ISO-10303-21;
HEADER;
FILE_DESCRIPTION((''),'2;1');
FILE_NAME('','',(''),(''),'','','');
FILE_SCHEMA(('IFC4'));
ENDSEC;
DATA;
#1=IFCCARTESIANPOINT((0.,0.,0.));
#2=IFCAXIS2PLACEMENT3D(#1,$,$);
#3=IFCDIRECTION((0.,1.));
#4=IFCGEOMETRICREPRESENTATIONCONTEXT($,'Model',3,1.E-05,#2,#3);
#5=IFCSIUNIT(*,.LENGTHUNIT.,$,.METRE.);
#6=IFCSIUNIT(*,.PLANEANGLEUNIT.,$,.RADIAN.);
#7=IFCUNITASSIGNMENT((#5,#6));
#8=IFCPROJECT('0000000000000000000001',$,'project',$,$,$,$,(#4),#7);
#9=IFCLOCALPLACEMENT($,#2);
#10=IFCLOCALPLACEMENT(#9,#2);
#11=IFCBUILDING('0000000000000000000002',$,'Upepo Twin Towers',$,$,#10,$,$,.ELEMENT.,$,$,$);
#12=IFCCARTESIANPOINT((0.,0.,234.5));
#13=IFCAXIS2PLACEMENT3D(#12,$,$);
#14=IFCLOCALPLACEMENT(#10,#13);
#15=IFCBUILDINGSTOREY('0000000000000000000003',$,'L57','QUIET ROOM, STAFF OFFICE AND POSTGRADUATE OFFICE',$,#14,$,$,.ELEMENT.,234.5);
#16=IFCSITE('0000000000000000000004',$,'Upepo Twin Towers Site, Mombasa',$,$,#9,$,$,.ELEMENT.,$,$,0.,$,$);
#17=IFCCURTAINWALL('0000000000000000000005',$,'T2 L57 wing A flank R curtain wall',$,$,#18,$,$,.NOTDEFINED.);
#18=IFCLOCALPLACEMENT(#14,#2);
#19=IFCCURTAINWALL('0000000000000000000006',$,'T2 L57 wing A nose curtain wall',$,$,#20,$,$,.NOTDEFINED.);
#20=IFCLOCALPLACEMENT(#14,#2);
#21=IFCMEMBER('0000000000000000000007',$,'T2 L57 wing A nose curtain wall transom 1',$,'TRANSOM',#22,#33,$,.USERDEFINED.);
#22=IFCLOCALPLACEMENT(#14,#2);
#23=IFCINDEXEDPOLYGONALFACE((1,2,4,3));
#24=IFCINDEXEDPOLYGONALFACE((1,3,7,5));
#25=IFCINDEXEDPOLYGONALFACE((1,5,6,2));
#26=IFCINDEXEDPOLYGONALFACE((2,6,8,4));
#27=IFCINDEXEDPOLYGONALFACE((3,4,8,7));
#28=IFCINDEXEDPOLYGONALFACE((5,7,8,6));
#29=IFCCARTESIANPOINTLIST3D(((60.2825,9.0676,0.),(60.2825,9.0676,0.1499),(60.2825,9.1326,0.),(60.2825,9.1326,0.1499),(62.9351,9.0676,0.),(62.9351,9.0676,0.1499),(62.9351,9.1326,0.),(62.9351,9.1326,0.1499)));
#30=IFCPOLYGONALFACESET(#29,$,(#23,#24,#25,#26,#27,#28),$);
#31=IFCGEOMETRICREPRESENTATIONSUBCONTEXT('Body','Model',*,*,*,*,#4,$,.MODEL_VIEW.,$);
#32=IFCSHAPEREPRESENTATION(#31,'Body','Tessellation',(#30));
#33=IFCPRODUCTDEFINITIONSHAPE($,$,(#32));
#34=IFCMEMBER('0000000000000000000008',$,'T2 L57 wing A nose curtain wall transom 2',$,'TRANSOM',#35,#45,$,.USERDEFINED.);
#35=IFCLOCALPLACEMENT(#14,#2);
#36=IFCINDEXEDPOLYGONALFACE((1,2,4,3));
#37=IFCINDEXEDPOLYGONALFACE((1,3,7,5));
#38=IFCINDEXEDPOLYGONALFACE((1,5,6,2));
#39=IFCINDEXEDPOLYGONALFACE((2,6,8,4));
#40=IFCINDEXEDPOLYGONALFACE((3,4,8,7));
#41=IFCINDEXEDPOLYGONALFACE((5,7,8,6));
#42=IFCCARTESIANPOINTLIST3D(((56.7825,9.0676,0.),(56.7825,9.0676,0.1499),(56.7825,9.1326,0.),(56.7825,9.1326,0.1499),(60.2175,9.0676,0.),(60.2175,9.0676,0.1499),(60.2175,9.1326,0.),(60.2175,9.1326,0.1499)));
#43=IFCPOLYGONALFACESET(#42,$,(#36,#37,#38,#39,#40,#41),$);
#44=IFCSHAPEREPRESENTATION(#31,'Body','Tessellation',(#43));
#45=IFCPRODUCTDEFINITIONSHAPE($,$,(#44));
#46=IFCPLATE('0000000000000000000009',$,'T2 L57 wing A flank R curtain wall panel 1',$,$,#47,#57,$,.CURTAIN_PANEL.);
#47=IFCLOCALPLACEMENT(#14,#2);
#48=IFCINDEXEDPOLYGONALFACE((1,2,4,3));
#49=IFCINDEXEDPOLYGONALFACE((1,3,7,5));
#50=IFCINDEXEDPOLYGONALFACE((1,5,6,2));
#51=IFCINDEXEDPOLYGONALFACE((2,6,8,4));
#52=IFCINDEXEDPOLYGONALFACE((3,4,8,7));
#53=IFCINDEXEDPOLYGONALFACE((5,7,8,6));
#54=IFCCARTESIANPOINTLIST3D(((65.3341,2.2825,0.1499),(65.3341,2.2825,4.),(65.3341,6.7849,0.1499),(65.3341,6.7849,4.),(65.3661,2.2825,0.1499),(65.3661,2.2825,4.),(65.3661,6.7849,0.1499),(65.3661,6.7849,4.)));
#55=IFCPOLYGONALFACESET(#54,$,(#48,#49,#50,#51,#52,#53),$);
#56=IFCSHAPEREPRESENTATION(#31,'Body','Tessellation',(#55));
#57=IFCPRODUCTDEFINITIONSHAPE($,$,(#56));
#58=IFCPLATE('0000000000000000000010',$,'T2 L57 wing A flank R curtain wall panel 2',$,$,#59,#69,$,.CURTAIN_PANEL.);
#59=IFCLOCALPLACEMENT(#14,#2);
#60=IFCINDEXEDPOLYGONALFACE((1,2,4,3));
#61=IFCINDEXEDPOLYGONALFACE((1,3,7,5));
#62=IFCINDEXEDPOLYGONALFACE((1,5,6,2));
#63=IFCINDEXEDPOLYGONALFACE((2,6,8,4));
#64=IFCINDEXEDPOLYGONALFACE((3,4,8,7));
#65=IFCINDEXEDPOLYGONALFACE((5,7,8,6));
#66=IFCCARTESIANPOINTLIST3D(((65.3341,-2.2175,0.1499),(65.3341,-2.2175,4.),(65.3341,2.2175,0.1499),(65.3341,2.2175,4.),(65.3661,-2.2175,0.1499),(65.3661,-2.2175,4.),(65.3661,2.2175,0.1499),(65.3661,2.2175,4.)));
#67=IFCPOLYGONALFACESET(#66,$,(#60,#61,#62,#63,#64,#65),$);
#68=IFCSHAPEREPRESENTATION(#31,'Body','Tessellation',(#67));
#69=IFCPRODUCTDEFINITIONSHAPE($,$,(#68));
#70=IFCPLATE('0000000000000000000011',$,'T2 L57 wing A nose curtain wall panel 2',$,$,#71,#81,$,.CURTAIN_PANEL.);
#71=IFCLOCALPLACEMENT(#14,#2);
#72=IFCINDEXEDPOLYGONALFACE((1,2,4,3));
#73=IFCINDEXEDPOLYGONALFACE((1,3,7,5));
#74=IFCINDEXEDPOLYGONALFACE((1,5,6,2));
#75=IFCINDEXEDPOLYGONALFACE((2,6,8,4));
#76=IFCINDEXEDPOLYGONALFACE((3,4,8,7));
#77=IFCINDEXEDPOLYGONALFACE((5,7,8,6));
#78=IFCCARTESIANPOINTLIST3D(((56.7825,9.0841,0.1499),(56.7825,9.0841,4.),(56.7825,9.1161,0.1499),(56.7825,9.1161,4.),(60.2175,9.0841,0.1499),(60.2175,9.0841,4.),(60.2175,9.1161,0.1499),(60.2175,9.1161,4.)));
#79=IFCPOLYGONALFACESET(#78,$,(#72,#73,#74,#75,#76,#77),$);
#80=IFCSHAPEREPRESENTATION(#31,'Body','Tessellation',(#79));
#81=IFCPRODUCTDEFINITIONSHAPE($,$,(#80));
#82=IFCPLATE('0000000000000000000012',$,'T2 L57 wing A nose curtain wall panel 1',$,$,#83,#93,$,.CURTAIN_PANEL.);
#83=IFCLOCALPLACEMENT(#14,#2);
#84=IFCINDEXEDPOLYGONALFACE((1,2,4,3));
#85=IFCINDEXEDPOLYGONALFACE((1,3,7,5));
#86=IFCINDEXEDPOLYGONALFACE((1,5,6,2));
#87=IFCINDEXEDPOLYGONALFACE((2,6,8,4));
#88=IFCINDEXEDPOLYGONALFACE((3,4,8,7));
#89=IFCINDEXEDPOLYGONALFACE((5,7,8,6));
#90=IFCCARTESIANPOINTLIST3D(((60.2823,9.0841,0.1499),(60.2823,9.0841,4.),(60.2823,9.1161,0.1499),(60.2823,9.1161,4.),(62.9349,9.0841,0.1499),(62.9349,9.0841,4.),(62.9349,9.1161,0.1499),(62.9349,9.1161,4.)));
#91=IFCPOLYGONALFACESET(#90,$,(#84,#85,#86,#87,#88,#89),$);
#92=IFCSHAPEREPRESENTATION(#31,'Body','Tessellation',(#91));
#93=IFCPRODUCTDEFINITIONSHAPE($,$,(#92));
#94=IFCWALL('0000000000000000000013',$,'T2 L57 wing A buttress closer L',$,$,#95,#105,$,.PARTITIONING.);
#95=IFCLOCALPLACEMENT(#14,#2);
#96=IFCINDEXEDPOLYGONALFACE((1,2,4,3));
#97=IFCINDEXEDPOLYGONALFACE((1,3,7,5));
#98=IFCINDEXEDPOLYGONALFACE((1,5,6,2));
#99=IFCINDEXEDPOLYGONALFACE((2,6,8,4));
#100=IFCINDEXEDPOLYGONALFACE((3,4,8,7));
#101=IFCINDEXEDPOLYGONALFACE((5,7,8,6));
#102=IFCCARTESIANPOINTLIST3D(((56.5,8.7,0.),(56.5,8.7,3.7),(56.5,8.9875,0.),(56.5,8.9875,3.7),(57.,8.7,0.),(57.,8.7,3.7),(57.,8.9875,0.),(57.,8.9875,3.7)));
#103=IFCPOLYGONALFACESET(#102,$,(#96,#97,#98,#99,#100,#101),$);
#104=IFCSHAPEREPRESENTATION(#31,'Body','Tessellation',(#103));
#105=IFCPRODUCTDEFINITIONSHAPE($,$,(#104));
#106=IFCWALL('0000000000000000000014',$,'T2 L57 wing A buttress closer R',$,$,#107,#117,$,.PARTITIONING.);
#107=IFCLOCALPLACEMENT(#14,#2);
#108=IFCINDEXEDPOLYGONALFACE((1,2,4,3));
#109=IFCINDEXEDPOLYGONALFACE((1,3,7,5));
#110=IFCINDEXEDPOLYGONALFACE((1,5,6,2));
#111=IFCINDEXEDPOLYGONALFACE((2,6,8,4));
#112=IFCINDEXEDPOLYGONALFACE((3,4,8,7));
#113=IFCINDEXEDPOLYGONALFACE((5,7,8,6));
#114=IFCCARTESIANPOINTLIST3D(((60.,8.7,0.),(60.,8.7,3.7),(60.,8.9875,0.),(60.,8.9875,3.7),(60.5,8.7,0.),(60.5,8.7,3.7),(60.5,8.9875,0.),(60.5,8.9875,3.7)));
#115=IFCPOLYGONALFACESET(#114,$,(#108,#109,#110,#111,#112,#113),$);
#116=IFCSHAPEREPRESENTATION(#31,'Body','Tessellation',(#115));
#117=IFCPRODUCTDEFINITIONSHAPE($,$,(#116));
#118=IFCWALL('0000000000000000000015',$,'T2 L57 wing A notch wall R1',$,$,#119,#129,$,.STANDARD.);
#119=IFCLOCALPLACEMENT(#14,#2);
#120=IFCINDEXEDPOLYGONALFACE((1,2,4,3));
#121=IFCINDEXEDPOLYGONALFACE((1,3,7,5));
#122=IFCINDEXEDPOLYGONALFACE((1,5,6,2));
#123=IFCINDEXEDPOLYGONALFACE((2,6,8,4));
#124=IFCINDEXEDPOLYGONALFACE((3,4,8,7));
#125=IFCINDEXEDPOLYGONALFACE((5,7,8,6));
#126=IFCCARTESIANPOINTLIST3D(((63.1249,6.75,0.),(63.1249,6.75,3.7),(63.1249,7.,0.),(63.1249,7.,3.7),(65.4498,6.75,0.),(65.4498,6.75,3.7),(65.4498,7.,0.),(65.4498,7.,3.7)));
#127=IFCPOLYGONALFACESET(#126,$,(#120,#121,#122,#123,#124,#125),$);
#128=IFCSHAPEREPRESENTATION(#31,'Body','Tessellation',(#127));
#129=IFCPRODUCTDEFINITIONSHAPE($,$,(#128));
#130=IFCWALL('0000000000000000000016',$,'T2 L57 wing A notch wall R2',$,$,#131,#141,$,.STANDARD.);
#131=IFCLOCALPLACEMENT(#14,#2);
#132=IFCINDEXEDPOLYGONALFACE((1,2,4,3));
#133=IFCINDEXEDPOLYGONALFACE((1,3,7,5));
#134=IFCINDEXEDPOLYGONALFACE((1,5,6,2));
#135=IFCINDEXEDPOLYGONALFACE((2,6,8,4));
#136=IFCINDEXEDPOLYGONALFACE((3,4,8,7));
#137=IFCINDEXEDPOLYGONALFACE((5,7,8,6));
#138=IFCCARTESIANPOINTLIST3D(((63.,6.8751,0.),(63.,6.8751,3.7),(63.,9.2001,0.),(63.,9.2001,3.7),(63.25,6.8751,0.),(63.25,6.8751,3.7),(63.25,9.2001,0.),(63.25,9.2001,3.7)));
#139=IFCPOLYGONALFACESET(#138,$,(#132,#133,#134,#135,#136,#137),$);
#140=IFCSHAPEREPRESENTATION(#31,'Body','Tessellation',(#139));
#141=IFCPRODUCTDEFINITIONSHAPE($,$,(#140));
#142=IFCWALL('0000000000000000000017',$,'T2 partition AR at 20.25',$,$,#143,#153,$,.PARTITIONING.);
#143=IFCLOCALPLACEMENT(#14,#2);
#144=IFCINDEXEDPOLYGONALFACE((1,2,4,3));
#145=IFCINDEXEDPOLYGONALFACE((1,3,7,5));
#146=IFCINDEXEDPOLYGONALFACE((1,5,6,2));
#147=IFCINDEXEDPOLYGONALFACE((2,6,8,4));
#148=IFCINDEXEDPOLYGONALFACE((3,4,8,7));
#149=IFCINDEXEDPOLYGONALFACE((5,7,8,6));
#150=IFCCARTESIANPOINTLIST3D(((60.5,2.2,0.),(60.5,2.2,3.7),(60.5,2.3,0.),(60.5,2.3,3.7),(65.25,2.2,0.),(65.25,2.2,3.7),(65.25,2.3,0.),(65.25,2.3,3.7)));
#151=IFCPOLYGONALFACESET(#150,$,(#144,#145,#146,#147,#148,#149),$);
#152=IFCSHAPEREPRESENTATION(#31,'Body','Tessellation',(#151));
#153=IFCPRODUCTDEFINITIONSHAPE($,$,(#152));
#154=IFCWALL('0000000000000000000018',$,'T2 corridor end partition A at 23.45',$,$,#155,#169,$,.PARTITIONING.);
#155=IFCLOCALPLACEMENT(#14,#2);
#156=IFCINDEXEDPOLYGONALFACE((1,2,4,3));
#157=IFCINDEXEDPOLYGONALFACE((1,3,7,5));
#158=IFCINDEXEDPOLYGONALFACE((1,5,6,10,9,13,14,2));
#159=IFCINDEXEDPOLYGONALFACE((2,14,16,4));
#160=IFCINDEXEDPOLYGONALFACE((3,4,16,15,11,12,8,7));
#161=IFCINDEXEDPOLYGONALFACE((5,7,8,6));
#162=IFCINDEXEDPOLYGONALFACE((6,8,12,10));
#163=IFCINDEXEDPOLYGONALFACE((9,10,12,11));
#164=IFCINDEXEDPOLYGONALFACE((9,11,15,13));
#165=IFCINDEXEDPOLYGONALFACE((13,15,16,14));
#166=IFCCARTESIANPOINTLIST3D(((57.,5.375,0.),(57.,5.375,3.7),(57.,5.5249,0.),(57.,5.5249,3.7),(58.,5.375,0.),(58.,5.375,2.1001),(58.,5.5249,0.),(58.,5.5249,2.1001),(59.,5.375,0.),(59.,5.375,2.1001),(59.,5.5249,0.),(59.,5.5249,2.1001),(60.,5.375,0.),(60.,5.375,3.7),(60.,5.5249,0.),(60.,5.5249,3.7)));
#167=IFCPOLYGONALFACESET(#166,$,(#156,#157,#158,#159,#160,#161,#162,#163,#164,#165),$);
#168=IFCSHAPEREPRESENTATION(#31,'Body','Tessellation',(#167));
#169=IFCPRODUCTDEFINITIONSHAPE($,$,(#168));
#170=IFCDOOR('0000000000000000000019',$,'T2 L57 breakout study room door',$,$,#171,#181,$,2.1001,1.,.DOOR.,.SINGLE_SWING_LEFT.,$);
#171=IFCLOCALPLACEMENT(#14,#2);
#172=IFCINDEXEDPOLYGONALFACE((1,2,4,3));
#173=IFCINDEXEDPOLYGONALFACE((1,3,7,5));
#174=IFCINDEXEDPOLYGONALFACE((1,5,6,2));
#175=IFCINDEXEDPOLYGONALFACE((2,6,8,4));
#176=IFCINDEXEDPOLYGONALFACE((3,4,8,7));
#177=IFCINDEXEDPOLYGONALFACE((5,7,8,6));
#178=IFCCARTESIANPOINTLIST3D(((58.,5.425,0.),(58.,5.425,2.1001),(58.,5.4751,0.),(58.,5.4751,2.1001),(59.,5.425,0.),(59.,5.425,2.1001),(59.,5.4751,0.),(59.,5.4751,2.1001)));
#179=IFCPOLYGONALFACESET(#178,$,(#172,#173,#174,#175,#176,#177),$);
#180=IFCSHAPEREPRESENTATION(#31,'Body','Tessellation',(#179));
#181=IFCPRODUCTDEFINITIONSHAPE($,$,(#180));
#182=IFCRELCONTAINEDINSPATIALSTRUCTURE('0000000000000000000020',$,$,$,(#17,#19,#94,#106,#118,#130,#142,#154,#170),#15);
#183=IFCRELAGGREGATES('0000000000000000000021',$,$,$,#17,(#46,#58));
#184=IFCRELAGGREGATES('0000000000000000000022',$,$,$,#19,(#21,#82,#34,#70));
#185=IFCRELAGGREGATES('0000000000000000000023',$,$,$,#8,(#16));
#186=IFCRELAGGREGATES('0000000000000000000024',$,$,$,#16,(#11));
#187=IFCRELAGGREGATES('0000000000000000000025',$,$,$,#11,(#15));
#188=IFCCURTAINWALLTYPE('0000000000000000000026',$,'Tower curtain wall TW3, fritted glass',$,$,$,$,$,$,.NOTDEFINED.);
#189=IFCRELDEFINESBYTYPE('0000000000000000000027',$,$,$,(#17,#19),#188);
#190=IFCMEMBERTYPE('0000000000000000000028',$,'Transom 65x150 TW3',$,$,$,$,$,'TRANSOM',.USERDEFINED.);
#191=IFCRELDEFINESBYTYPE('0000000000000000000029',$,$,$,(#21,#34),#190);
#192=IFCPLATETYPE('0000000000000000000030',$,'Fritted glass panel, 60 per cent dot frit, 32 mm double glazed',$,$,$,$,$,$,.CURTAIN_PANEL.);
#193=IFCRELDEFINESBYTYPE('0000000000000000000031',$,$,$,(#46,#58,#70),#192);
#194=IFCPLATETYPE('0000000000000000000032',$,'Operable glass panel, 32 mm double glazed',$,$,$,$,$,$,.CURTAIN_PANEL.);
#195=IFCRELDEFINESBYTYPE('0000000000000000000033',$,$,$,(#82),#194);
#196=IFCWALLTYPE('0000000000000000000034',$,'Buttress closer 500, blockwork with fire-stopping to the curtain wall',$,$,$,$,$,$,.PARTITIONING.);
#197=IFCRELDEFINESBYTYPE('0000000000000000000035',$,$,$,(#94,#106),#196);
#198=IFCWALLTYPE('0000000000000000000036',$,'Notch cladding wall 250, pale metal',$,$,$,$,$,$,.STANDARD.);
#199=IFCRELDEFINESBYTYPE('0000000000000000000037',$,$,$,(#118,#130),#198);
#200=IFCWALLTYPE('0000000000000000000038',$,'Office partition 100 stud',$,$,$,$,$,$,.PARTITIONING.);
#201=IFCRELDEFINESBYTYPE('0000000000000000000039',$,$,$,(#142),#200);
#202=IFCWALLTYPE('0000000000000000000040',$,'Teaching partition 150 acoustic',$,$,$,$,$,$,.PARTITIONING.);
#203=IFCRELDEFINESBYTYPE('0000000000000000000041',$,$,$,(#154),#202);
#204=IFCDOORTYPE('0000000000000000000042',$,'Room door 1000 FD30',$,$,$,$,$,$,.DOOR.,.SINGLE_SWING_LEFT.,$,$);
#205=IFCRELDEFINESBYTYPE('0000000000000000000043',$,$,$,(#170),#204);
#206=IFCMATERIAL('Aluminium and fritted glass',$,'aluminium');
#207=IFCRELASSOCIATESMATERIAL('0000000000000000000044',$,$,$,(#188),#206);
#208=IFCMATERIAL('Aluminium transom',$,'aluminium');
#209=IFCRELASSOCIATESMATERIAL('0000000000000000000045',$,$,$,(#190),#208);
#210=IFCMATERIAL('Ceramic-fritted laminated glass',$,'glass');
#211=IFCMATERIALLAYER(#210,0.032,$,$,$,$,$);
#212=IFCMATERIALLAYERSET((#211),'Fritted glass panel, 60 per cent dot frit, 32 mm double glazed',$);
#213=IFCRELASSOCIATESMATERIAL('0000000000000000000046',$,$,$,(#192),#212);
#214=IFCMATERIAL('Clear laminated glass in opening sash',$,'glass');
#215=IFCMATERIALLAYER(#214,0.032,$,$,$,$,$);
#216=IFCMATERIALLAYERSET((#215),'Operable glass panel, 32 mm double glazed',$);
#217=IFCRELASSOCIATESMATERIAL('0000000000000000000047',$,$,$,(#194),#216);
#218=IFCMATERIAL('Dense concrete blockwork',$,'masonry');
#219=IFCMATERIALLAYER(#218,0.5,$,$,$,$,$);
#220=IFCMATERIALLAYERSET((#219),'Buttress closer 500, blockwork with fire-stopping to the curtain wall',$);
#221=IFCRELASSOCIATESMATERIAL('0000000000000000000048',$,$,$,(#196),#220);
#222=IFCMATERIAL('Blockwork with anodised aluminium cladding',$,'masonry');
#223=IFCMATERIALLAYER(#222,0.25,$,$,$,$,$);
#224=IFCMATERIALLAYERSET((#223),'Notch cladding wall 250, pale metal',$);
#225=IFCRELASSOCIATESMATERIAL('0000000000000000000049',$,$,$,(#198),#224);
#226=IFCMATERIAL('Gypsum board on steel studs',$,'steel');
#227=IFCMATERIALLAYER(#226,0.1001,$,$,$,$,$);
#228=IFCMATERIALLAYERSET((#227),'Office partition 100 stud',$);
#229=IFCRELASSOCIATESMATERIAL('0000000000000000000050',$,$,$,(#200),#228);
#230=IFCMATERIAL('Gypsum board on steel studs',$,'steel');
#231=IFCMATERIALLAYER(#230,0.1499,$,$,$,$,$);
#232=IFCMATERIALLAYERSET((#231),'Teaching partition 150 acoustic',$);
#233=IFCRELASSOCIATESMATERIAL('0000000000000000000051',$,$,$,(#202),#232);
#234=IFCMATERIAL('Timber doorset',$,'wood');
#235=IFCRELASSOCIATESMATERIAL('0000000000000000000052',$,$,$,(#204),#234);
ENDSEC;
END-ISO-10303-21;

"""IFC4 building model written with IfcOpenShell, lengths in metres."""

from ifc_helpers import new_model, si_unit, direction, frame, frame_2d, origin, origin_2d, place, context, subcontext, project, spatial, rectangle, extrude, material, layer, layer_set, material_profile, profile_set, type_object, element, fill, aggregate, save


model = new_model("IFC4")

# Units and contexts
model_context = context("Model", 3, precision=1e-05, world=origin(), true_north=direction((0.0, 1.0)))
body_context = subcontext(model_context, "Body", "Model", "MODEL_VIEW")
ifc_project = project(units=[si_unit("LENGTHUNIT", "METRE"), si_unit("PLANEANGLEUNIT", "RADIAN")], contexts=[model_context])

# Site, building, storey
site_placement = place(None, origin())
site = spatial("IfcSite", under=ifc_project, at=site_placement, Name="Upepo Twin Towers Site, Mombasa", CompositionType="ELEMENT", RefElevation=0.0)
building_placement = place(site_placement, origin())
building = spatial("IfcBuilding", under=site, at=building_placement, Name="Upepo Twin Towers", CompositionType="ELEMENT")
storey_placement = place(building_placement, frame((0.0, 0.0, 234.5)))
storey = spatial("IfcBuildingStorey", under=building, at=storey_placement, Name="L57", Description="QUIET ROOM, STAFF OFFICE AND POSTGRADUATE OFFICE", CompositionType="ELEMENT", Elevation=234.5)

# Curtain walls
ifc_material_1 = material(Name="Aluminium and fritted glass", Category="aluminium")
curtain_wall_type = type_object("IfcCurtainWallType", Name="Tower curtain wall TW3, fritted glass", PredefinedType="NOTDEFINED", material=ifc_material_1)
curtain_wall_1_placement = place(storey_placement, origin())
curtain_wall_1 = element("IfcCurtainWall", 1, at=curtain_wall_1_placement, inside=storey, type_object=curtain_wall_type, Name="T2 L57 wing A flank R curtain wall", PredefinedType="NOTDEFINED")
curtain_wall_2_placement = place(storey_placement, origin())
curtain_wall_2 = element("IfcCurtainWall", 2, at=curtain_wall_2_placement, inside=storey, type_object=curtain_wall_type, Name="T2 L57 wing A nose curtain wall", PredefinedType="NOTDEFINED")

# Members
ifc_material_2 = material(Name="Aluminium transom", Category="aluminium")
ifc_material_profile_1 = material_profile(ifc_material_2, rectangle(XDim=0.0649, YDim=0.1499, at=origin_2d()), Name="TRANSOM 65x150")
ifc_profile_set_1 = profile_set([ifc_material_profile_1], Name="Aluminium transom")
member_type_1 = type_object("IfcMemberType", Name="Transom 65x150 TW3", ElementType="TRANSOM", PredefinedType="USERDEFINED", material=ifc_profile_set_1)
member_1_placement = place(storey_placement, frame((62.9351, 9.1001, 0.075), z_axis=(-1.0, 0.0, 0.0), x_axis=(0.0, -1.0, 0.0)))
member_1 = element("IfcMember", 3, at=member_1_placement, type_object=member_type_1, Name="T2 L57 wing A nose curtain wall transom 1", ObjectType="TRANSOM", PredefinedType="USERDEFINED", context=body_context, shape_type="SweptSolid", body=[
    extrude(rectangle(XDim=0.0649, YDim=0.1499, at=origin_2d()), origin(), (0.0, 0.0, 1.0), 2.6526),
])
member_2_placement = place(storey_placement, frame((60.2175, 9.1001, 0.075), z_axis=(-1.0, 0.0, 0.0), x_axis=(0.0, -1.0, 0.0)))
member_2 = element("IfcMember", 4, at=member_2_placement, type_object=member_type_1, Name="T2 L57 wing A nose curtain wall transom 2", ObjectType="TRANSOM", PredefinedType="USERDEFINED", context=body_context, shape_type="SweptSolid", body=[
    extrude(rectangle(XDim=0.0649, YDim=0.1499, at=origin_2d()), origin(), (0.0, 0.0, 1.0), 3.4351),
])

# Plates
ifc_material_3 = material(Name="Ceramic-fritted laminated glass", Category="glass")
ifc_layer_1 = layer(ifc_material_3, 0.032)
ifc_layer_set_1 = layer_set([ifc_layer_1], Name="Fritted glass panel, 60 per cent dot frit, 32 mm double glazed")
plate_type_1 = type_object("IfcPlateType", Name="Fritted glass panel, 60 per cent dot frit, 32 mm double glazed", PredefinedType="CURTAIN_PANEL", material=ifc_layer_set_1)
plate_1_placement = place(storey_placement, frame((65.3501, 4.5337, 0.1499), z_axis=(0.0, 0.0, 1.0), x_axis=(0.0, -1.0, 0.0)))
plate_1 = element("IfcPlate", 5, at=plate_1_placement, type_object=plate_type_1, Name="T2 L57 wing A flank R curtain wall panel 1", PredefinedType="CURTAIN_PANEL", context=body_context, shape_type="SweptSolid", body=[
    extrude(rectangle(XDim=4.5024, YDim=0.032, at=origin_2d()), origin(), (0.0, 0.0, 1.0), 3.8501),
])
plate_2_placement = place(storey_placement, frame((65.3501, 0.0, 0.1499), z_axis=(0.0, 0.0, 1.0), x_axis=(0.0, -1.0, 0.0)))
plate_2 = element("IfcPlate", 6, at=plate_2_placement, type_object=plate_type_1, Name="T2 L57 wing A flank R curtain wall panel 2", PredefinedType="CURTAIN_PANEL", context=body_context, shape_type="SweptSolid", body=[
    extrude(rectangle(XDim=4.4351, YDim=0.032, at=origin_2d()), origin(), (0.0, 0.0, 1.0), 3.8501),
])
aggregate(curtain_wall_1, [plate_1, plate_2])
plate_3_placement = place(storey_placement, frame((58.5, 9.1001, 0.1499), z_axis=(0.0, 0.0, 1.0), x_axis=(-1.0, 0.0, 0.0)))
plate_3 = element("IfcPlate", 7, at=plate_3_placement, type_object=plate_type_1, Name="T2 L57 wing A nose curtain wall panel 2", PredefinedType="CURTAIN_PANEL", context=body_context, shape_type="SweptSolid", body=[
    extrude(rectangle(XDim=3.4351, YDim=0.032, at=origin_2d()), origin(), (0.0, 0.0, 1.0), 3.8501),
])
ifc_material_4 = material(Name="Clear laminated glass in opening sash", Category="glass")
ifc_layer_2 = layer(ifc_material_4, 0.032)
ifc_layer_set_2 = layer_set([ifc_layer_2], Name="Operable glass panel, 32 mm double glazed")
plate_type_2 = type_object("IfcPlateType", Name="Operable glass panel, 32 mm double glazed", PredefinedType="CURTAIN_PANEL", material=ifc_layer_set_2)
plate_4_placement = place(storey_placement, frame((61.6086, 9.1001, 0.1499), z_axis=(0.0, 0.0, 1.0), x_axis=(-1.0, 0.0, 0.0)))
plate_4 = element("IfcPlate", 8, at=plate_4_placement, type_object=plate_type_2, Name="T2 L57 wing A nose curtain wall panel 1", PredefinedType="CURTAIN_PANEL", context=body_context, shape_type="SweptSolid", body=[
    extrude(rectangle(XDim=2.6526, YDim=0.032, at=origin_2d()), origin(), (0.0, 0.0, 1.0), 3.8501),
])
aggregate(curtain_wall_2, [member_1, plate_4, member_2, plate_3])

# Walls
ifc_material_5 = material(Name="Dense concrete blockwork", Category="masonry")
ifc_layer_3 = layer(ifc_material_5, 0.5)
ifc_layer_set_3 = layer_set([ifc_layer_3], Name="Buttress closer 500, blockwork with fire-stopping to the curtain wall")
wall_type_1 = type_object("IfcWallType", Name="Buttress closer 500, blockwork with fire-stopping to the curtain wall", PredefinedType="PARTITIONING", material=ifc_layer_set_3)
for number, where, z_axis, x_axis, name in (
    (9, (56.75, 8.7, 0.0), (0.0, 0.0, 1.0), (0.0, 1.0, 0.0), "T2 L57 wing A buttress closer L"),
    (10, (60.25, 8.7, 0.0), (0.0, 0.0, 1.0), (0.0, 1.0, 0.0), "T2 L57 wing A buttress closer R"),
):
    element("IfcWall", number, at=place(storey_placement, frame(where, z_axis=z_axis, x_axis=x_axis)), inside=storey, type_object=wall_type_1, Name=name, PredefinedType="PARTITIONING", context=body_context, shape_type="SweptSolid", body=[
        extrude(rectangle(XDim=0.2876, YDim=0.5, at=frame_2d((0.1438, 0.0))), origin(), (0.0, 0.0, 1.0), 3.7),
    ])
ifc_material_6 = material(Name="Blockwork with anodised aluminium cladding", Category="masonry")
ifc_layer_4 = layer(ifc_material_6, 0.25)
ifc_layer_set_4 = layer_set([ifc_layer_4], Name="Notch cladding wall 250, pale metal")
wall_type_2 = type_object("IfcWallType", Name="Notch cladding wall 250, pale metal", PredefinedType="STANDARD", material=ifc_layer_set_4)
for number, where, z_axis, x_axis, name in (
    (11, (65.45, 6.875, 0.0), (0.0, 0.0, 1.0), (-1.0, 0.0, 0.0), "T2 L57 wing A notch wall R1"),
    (12, (63.125, 6.875, 0.0), (0.0, 0.0, 1.0), (0.0, 1.0, 0.0), "T2 L57 wing A notch wall R2"),
):
    element("IfcWall", number, at=place(storey_placement, frame(where, z_axis=z_axis, x_axis=x_axis)), inside=storey, type_object=wall_type_2, Name=name, PredefinedType="STANDARD", context=body_context, shape_type="SweptSolid", body=[
        extrude(rectangle(XDim=2.325, YDim=0.25, at=frame_2d((1.1626, 0.0))), origin(), (0.0, 0.0, 1.0), 3.7),
    ])
ifc_material_7 = material(Name="Gypsum board on steel studs", Category="steel")
ifc_layer_5 = layer(ifc_material_7, 0.1001)
ifc_layer_set_5 = layer_set([ifc_layer_5], Name="Office partition 100 stud")
wall_type_3 = type_object("IfcWallType", Name="Office partition 100 stud", PredefinedType="PARTITIONING", material=ifc_layer_set_5)
wall_1_placement = place(storey_placement, frame((60.5, 2.25, 0.0), z_axis=(0.0, 0.0, 1.0), x_axis=(1.0, 0.0, 0.0)))
element("IfcWall", 13, at=wall_1_placement, inside=storey, type_object=wall_type_3, Name="T2 partition AR at 20.25", PredefinedType="PARTITIONING", context=body_context, shape_type="SweptSolid", body=[
    extrude(rectangle(XDim=4.75, YDim=0.1001, at=frame_2d((2.375, 0.0))), origin(), (0.0, 0.0, 1.0), 3.7),
])

# Wall, opening, door
ifc_material_8 = material(Name="Gypsum board on steel studs", Category="steel")
ifc_layer_6 = layer(ifc_material_8, 0.1499)
ifc_layer_set_6 = layer_set([ifc_layer_6], Name="Teaching partition 150 acoustic")
wall_type_4 = type_object("IfcWallType", Name="Teaching partition 150 acoustic", PredefinedType="PARTITIONING", material=ifc_layer_set_6)
wall_2_placement = place(storey_placement, frame((60.0, 5.45, 0.0), z_axis=(0.0, 0.0, 1.0), x_axis=(-1.0, 0.0, 0.0)))
wall_2 = element("IfcWall", 14, at=wall_2_placement, inside=storey, type_object=wall_type_4, Name="T2 corridor end partition A at 23.45", PredefinedType="PARTITIONING", context=body_context, shape_type="SweptSolid", body=[
    extrude(rectangle(XDim=3.0, YDim=0.1499, at=frame_2d((1.5, 0.0))), origin(), (0.0, 0.0, 1.0), 3.7),
])
opening_placement = place(wall_2_placement, frame((1.0, 0.0, 0.0)))
opening = element("IfcOpeningElement", 15, at=opening_placement, cuts=wall_2, PredefinedType="OPENING", context=body_context, shape_type="SweptSolid", body=[
    extrude(rectangle(XDim=1.0, YDim=2.1001, at=frame_2d((0.5, 1.05))), frame((0.0, 0.085, 0.0), z_axis=(0.0, -1.0, 0.0), x_axis=(1.0, 0.0, 0.0)), (0.0, 0.0, 1.0), 0.1699),
])
ifc_material_9 = material(Name="Timber doorset", Category="wood")
door_type = type_object("IfcDoorType", Name="Room door 1000 FD30", OperationType="SINGLE_SWING_LEFT", PredefinedType="DOOR", material=ifc_material_9)
door_placement = place(opening_placement, origin())
door = element("IfcDoor", 16, at=door_placement, inside=storey, type_object=door_type, Name="T2 L57 breakout study room door", OperationType="SINGLE_SWING_LEFT", OverallHeight=2.1001, OverallWidth=1.0, PredefinedType="DOOR", context=body_context, shape_type="SweptSolid", body=[
    extrude(rectangle(XDim=1.0, YDim=2.1001, at=frame_2d((0.5, 1.05))), frame((0.0, 0.0249, 0.0), z_axis=(0.0, -1.0, 0.0), x_axis=(1.0, 0.0, 0.0)), (0.0, 0.0, 1.0), 0.05),
])
fill(opening, door)

save(model, "model.ifc")
